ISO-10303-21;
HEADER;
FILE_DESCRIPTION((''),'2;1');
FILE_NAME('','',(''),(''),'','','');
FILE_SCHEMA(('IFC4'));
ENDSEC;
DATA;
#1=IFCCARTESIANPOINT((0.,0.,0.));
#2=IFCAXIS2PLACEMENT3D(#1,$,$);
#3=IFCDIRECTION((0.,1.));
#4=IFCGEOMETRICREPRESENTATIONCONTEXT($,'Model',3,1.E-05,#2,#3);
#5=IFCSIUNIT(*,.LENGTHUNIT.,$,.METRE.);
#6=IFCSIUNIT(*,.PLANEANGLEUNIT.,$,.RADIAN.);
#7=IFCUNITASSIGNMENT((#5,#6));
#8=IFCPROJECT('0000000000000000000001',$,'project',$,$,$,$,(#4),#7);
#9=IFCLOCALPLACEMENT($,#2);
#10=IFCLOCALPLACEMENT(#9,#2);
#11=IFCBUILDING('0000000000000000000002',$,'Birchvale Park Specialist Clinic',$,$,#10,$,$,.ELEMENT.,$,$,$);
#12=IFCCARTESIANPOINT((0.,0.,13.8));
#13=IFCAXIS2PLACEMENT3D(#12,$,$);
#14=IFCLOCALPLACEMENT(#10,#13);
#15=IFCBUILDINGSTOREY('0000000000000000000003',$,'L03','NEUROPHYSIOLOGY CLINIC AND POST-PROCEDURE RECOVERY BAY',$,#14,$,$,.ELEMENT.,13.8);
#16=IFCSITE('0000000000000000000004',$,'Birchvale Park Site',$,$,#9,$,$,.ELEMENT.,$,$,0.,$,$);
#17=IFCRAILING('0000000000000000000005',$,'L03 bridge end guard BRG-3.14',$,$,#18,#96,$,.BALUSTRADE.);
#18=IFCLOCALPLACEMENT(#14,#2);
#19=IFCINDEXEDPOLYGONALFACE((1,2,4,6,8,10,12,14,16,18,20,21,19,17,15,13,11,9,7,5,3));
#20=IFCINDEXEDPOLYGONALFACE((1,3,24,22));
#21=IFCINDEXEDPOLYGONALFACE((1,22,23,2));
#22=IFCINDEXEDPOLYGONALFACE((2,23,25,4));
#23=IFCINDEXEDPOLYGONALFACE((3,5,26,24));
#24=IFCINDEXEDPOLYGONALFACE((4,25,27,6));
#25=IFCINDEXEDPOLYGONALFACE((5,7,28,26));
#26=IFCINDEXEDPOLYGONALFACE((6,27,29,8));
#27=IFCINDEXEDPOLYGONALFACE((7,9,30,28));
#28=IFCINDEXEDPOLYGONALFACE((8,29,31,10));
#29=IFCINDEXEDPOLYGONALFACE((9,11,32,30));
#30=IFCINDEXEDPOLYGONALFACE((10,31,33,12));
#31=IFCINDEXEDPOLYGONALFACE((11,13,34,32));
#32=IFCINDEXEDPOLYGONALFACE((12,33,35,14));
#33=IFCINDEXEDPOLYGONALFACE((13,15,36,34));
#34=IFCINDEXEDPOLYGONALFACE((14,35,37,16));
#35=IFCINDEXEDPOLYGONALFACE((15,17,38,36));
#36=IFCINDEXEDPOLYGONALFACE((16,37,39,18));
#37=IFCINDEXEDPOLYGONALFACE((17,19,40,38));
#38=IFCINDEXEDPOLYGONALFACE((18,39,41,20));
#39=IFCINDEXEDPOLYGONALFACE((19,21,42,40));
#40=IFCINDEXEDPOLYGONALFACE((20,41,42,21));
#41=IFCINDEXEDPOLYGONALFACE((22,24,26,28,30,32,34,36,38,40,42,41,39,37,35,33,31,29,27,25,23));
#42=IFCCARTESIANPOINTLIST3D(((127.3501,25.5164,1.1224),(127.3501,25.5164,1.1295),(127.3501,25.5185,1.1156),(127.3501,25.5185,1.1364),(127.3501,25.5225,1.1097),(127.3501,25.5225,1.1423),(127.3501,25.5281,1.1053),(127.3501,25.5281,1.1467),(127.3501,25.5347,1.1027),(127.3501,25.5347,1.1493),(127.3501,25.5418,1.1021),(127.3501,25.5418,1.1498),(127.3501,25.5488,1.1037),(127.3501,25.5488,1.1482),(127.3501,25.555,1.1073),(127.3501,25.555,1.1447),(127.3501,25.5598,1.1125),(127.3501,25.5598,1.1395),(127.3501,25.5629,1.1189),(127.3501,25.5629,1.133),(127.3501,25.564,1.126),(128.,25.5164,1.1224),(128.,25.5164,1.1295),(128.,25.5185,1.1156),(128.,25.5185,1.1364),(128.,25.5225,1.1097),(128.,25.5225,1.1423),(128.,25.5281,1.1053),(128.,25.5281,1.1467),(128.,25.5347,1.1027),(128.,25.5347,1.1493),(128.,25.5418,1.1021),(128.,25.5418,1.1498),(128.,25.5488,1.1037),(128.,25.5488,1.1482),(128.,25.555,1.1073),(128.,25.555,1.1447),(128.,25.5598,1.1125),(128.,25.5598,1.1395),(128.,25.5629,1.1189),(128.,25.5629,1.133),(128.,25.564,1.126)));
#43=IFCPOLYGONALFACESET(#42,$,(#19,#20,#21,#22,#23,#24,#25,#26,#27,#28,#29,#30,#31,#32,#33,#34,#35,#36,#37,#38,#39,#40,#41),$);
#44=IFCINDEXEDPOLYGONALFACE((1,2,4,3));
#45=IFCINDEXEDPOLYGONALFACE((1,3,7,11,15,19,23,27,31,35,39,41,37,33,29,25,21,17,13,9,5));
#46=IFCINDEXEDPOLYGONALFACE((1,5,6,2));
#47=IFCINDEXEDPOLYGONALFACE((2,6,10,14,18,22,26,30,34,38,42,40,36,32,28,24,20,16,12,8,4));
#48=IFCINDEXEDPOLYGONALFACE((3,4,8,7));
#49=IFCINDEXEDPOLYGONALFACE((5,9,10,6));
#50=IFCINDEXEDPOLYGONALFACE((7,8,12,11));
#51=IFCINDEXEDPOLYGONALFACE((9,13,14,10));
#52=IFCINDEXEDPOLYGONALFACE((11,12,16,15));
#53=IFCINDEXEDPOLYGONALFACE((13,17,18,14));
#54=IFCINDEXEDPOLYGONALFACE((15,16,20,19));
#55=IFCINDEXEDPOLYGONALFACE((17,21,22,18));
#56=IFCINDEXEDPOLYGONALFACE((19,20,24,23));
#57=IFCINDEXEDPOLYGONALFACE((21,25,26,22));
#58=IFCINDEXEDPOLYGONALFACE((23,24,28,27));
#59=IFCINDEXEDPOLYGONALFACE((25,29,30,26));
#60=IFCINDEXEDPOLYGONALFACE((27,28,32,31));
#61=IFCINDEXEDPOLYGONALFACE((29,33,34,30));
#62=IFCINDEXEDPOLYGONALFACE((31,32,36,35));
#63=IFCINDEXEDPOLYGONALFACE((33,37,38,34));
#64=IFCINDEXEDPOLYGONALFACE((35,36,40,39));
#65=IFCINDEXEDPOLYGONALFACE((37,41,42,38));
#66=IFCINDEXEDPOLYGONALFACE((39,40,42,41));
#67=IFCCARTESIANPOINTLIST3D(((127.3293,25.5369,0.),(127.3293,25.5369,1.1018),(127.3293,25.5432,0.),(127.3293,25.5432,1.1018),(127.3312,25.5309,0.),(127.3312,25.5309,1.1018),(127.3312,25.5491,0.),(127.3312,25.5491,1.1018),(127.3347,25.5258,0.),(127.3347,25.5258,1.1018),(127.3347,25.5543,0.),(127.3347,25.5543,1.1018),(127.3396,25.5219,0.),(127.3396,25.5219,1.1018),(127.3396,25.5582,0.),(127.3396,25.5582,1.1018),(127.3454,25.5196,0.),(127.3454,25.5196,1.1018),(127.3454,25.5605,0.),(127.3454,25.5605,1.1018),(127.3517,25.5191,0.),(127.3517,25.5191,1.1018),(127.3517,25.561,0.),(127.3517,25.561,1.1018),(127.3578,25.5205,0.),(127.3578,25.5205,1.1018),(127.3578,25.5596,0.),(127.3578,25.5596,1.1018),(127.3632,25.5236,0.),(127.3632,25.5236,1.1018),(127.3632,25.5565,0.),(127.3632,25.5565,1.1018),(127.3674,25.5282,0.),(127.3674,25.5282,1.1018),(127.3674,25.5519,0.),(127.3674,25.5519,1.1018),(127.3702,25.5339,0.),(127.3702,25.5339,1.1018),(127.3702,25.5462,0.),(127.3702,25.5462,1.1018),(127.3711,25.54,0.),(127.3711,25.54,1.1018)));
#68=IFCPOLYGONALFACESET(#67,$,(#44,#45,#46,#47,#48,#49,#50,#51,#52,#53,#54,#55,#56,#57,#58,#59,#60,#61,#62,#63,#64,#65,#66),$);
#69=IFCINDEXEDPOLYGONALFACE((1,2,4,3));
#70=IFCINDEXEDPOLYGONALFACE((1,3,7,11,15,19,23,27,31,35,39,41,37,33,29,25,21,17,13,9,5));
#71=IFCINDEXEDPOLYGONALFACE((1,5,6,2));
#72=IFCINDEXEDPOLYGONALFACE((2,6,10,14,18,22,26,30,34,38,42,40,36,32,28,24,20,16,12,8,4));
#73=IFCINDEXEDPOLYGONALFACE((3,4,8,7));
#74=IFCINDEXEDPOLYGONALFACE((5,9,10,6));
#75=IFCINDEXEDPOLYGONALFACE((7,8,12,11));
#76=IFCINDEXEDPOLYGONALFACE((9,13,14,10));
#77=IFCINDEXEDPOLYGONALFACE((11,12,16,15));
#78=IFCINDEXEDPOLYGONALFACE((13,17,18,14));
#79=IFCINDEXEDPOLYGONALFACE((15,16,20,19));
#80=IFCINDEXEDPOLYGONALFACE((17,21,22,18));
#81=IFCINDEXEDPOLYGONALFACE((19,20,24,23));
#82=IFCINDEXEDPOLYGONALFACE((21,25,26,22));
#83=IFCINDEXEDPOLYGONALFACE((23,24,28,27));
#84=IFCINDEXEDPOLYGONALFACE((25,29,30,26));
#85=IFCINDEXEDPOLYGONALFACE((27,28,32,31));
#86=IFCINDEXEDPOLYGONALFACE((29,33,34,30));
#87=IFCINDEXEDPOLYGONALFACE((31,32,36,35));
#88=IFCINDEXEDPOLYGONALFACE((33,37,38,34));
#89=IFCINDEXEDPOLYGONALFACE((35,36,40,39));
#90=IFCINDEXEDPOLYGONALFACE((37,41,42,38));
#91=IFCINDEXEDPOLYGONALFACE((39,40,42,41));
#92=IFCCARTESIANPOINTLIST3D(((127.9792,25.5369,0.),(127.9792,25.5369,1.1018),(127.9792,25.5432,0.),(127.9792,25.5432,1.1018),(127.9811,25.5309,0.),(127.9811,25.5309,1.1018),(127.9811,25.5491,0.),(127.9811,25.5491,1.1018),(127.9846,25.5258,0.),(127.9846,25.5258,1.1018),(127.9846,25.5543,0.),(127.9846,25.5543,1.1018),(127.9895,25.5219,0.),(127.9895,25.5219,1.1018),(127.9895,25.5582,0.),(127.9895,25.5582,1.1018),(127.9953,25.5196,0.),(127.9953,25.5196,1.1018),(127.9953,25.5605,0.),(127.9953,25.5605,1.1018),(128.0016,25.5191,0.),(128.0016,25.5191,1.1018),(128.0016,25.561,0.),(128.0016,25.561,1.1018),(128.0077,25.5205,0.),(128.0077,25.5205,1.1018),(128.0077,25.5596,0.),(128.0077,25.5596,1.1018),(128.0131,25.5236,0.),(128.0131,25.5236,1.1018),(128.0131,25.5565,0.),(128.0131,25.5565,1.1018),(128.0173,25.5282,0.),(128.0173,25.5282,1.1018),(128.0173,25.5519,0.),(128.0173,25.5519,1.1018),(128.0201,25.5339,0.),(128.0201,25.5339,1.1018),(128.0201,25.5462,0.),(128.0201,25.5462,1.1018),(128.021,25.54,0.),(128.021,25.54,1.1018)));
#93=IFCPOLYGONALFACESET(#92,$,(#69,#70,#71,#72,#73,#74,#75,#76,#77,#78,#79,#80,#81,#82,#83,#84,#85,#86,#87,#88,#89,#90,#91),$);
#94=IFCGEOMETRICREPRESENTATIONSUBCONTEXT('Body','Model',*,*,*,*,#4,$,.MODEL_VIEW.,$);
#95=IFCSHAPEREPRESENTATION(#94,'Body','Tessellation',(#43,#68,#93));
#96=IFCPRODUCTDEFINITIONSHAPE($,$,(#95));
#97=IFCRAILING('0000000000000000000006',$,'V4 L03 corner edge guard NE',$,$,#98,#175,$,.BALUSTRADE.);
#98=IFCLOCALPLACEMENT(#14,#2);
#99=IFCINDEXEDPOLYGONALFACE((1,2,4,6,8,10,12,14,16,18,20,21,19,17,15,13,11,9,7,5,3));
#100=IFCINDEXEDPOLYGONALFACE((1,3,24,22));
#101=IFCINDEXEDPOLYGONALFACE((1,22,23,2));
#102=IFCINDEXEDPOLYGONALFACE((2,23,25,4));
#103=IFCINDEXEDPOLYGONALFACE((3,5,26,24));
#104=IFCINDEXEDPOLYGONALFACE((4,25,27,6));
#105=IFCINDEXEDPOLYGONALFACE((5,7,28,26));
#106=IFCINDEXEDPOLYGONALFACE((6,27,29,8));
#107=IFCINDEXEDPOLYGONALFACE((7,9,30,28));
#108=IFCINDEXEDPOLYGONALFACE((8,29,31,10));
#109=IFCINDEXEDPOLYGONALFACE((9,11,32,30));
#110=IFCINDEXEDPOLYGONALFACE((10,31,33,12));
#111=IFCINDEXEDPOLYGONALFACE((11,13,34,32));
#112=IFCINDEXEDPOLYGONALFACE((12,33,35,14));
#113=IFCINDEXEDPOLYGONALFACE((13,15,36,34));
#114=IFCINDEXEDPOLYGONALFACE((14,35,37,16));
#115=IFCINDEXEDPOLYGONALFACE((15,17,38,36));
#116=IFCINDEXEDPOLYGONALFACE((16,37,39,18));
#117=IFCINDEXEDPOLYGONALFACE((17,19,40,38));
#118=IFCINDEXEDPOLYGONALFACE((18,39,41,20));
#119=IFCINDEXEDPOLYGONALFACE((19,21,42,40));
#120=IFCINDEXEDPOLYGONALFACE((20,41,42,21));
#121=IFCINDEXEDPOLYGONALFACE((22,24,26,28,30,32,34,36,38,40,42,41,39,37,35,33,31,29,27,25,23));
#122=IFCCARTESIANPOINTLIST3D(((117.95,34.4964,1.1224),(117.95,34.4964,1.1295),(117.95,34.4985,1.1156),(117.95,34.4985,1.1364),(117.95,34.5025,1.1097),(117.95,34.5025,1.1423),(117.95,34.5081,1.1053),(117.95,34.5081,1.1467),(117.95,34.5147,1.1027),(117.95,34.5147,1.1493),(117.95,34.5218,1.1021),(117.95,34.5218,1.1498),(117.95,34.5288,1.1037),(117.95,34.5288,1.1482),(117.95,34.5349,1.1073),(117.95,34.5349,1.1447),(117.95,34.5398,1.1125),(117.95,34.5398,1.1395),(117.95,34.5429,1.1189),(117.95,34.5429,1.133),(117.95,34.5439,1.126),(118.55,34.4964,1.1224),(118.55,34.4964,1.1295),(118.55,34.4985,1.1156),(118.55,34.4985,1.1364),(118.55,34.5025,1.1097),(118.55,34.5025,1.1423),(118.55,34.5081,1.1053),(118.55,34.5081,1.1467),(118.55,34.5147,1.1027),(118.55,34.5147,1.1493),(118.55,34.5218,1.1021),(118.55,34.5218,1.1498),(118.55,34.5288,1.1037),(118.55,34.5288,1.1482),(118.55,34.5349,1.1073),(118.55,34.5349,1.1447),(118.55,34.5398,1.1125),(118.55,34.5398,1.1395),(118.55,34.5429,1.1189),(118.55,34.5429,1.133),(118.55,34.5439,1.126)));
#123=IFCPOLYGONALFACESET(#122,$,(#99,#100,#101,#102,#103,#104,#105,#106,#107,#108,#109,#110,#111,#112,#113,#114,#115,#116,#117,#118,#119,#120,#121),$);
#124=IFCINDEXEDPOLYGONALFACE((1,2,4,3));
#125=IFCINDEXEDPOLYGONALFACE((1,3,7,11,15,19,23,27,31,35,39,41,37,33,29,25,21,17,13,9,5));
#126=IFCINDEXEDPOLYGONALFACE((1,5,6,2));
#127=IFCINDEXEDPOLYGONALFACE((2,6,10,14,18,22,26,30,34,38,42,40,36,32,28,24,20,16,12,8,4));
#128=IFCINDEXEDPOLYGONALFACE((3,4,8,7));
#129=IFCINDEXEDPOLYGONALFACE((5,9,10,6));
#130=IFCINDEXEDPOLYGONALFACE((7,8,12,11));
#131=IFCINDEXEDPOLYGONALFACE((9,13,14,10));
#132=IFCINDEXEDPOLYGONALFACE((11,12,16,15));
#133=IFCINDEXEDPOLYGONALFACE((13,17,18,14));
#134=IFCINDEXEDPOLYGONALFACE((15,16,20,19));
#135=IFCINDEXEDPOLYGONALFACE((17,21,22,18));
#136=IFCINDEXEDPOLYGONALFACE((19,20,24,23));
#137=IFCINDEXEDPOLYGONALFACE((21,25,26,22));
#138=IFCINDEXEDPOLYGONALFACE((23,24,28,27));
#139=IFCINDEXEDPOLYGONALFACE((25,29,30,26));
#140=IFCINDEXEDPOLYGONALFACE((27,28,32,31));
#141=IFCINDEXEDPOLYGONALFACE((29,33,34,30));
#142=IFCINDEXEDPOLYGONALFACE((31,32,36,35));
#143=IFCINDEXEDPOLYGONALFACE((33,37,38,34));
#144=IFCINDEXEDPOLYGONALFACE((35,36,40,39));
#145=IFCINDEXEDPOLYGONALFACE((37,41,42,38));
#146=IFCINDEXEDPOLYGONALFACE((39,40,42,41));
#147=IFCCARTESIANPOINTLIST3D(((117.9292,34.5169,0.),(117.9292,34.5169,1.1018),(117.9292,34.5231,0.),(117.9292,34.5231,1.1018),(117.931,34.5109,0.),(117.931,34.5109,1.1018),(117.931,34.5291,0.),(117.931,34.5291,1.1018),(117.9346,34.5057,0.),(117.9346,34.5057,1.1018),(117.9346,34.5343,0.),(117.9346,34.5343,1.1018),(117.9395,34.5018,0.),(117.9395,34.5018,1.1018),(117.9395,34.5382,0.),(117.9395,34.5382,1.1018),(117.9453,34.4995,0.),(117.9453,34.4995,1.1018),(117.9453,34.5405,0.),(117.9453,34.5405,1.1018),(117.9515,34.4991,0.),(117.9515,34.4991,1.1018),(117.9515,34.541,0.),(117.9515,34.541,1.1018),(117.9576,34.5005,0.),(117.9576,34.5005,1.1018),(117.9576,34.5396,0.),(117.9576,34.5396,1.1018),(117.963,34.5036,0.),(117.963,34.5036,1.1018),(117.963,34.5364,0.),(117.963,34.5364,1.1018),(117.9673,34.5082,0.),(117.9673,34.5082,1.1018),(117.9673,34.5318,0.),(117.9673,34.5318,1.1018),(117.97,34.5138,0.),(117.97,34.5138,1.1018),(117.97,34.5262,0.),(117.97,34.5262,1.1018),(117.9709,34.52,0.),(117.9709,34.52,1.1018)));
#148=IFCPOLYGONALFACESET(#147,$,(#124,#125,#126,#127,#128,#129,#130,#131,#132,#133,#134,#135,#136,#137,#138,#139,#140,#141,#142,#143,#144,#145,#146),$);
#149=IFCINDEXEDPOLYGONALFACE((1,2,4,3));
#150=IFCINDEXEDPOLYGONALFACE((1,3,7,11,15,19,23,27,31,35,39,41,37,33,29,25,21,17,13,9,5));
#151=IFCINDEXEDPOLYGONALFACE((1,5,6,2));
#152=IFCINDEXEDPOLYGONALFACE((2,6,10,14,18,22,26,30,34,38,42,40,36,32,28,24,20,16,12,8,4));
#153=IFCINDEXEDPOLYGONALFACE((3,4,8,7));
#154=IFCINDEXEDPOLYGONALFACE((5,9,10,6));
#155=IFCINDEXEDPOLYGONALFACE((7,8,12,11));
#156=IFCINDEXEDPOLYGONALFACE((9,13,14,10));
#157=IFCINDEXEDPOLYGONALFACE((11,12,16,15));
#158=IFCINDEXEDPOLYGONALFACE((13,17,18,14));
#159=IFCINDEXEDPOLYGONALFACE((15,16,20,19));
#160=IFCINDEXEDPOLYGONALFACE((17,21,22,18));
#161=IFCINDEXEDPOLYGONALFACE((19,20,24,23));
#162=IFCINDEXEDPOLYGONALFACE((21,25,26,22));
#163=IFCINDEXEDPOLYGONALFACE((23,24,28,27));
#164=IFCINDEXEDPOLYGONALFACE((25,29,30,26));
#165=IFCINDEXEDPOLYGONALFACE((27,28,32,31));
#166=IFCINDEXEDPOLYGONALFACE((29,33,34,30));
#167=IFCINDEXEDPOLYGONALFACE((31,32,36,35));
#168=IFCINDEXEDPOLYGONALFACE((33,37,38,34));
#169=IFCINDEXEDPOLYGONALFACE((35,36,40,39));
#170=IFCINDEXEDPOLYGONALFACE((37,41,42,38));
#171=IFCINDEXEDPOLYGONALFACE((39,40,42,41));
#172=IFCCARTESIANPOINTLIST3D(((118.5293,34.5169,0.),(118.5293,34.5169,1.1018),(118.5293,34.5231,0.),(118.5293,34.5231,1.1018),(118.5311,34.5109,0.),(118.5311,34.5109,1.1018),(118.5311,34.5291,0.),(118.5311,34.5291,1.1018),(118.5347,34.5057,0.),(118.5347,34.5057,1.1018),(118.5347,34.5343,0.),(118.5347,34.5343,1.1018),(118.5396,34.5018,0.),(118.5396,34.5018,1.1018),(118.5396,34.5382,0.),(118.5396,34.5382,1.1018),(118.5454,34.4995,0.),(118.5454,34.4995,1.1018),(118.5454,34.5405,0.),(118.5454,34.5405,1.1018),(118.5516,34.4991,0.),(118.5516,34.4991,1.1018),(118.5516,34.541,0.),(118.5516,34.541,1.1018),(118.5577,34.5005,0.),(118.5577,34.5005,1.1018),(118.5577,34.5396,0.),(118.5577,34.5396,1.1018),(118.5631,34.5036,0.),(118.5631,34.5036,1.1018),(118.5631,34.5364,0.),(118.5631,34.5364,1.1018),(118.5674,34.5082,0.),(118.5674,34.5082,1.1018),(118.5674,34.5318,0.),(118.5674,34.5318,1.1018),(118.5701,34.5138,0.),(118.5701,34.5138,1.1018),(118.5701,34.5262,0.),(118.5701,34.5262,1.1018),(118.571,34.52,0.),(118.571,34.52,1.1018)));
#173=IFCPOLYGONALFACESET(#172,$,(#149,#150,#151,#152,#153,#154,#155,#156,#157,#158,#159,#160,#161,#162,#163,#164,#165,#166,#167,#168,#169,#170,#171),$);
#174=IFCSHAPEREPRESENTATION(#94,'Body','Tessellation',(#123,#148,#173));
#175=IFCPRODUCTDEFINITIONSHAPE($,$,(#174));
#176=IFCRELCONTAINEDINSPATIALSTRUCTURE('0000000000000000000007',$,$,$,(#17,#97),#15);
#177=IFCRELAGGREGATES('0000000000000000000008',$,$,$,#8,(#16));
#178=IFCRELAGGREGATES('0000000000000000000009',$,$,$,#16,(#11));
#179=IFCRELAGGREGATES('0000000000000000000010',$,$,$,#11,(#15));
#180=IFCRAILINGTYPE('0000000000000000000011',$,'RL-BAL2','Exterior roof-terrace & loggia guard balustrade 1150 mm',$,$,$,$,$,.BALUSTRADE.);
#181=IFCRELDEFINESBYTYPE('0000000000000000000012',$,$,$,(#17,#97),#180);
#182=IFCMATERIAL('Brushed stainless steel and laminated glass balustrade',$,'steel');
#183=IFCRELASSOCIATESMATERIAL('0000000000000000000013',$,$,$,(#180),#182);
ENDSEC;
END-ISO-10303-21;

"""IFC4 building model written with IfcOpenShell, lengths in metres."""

from ifc_helpers import new_model, si_unit, direction, frame, origin, origin_2d, place, context, subcontext, project, spatial, circle, extrude, material, type_object, element, save


model = new_model("IFC4")

# Units and contexts
model_context = context("Model", 3, precision=1e-05, world=origin(), true_north=direction((0.0, 1.0)))
body_context = subcontext(model_context, "Body", "Model", "MODEL_VIEW")
ifc_project = project(units=[si_unit("LENGTHUNIT", "METRE"), si_unit("PLANEANGLEUNIT", "RADIAN")], contexts=[model_context])

# Site, building, storey
site_placement = place(None, origin())
site = spatial("IfcSite", under=ifc_project, at=site_placement, Name="Birchvale Park Site", CompositionType="ELEMENT", RefElevation=0.0)
building_placement = place(site_placement, origin())
building = spatial("IfcBuilding", under=site, at=building_placement, Name="Birchvale Park Specialist Clinic", CompositionType="ELEMENT")
storey_placement = place(building_placement, frame((0.0, 0.0, 13.8)))
storey = spatial("IfcBuildingStorey", under=building, at=storey_placement, Name="L03", Description="NEUROPHYSIOLOGY CLINIC AND POST-PROCEDURE RECOVERY BAY", CompositionType="ELEMENT", Elevation=13.8)

# Railings
ifc_material_1 = material(Name="Brushed stainless steel and laminated glass balustrade", Category="steel")
railing_type_1 = type_object("IfcRailingType", Name="RL-BAL2", Description="Exterior roof-terrace & loggia guard balustrade 1150 mm", PredefinedType="BALUSTRADE", material=ifc_material_1)
for number, where, name in (
    (1, (127.3501, 25.54, 0.0), "L03 bridge end guard BRG-3.14"),
):
    element("IfcRailing", number, at=place(storey_placement, frame(where)), inside=storey, type_object=railing_type_1, Name=name, PredefinedType="BALUSTRADE", context=body_context, shape_type="SweptSolid", body=[
        extrude(circle(Radius=0.0239, at=origin_2d()), frame((0.0, 0.0, 1.126), z_axis=(1.0, 0.0, 0.0), x_axis=(0.0, 1.0, 0.0)), (0.0, 0.0, 1.0), 0.6499),
        extrude(circle(Radius=0.021, at=origin_2d()), origin(), (0.0, 0.0, 1.0), 1.1018),
        extrude(circle(Radius=0.021, at=origin_2d()), frame((0.6499, 0.0, 0.0)), (0.0, 0.0, 1.0), 1.1018),
    ])
railing_1_placement = place(storey_placement, frame((117.95, 34.52, 0.0)))
element("IfcRailing", 2, at=railing_1_placement, inside=storey, type_object=railing_type_1, Name="V4 L03 corner edge guard NE", PredefinedType="BALUSTRADE", context=body_context, shape_type="SweptSolid", body=[
    extrude(circle(Radius=0.0239, at=origin_2d()), frame((0.0, 0.0, 1.126), z_axis=(1.0, 0.0, 0.0), x_axis=(0.0, 1.0, 0.0)), (0.0, 0.0, 1.0), 0.6001),
    extrude(circle(Radius=0.021, at=origin_2d()), origin(), (0.0, 0.0, 1.0), 1.1018),
    extrude(circle(Radius=0.021, at=origin_2d()), frame((0.6001, 0.0, 0.0)), (0.0, 0.0, 1.0), 1.1018),
])

save(model, "model.ifc")
